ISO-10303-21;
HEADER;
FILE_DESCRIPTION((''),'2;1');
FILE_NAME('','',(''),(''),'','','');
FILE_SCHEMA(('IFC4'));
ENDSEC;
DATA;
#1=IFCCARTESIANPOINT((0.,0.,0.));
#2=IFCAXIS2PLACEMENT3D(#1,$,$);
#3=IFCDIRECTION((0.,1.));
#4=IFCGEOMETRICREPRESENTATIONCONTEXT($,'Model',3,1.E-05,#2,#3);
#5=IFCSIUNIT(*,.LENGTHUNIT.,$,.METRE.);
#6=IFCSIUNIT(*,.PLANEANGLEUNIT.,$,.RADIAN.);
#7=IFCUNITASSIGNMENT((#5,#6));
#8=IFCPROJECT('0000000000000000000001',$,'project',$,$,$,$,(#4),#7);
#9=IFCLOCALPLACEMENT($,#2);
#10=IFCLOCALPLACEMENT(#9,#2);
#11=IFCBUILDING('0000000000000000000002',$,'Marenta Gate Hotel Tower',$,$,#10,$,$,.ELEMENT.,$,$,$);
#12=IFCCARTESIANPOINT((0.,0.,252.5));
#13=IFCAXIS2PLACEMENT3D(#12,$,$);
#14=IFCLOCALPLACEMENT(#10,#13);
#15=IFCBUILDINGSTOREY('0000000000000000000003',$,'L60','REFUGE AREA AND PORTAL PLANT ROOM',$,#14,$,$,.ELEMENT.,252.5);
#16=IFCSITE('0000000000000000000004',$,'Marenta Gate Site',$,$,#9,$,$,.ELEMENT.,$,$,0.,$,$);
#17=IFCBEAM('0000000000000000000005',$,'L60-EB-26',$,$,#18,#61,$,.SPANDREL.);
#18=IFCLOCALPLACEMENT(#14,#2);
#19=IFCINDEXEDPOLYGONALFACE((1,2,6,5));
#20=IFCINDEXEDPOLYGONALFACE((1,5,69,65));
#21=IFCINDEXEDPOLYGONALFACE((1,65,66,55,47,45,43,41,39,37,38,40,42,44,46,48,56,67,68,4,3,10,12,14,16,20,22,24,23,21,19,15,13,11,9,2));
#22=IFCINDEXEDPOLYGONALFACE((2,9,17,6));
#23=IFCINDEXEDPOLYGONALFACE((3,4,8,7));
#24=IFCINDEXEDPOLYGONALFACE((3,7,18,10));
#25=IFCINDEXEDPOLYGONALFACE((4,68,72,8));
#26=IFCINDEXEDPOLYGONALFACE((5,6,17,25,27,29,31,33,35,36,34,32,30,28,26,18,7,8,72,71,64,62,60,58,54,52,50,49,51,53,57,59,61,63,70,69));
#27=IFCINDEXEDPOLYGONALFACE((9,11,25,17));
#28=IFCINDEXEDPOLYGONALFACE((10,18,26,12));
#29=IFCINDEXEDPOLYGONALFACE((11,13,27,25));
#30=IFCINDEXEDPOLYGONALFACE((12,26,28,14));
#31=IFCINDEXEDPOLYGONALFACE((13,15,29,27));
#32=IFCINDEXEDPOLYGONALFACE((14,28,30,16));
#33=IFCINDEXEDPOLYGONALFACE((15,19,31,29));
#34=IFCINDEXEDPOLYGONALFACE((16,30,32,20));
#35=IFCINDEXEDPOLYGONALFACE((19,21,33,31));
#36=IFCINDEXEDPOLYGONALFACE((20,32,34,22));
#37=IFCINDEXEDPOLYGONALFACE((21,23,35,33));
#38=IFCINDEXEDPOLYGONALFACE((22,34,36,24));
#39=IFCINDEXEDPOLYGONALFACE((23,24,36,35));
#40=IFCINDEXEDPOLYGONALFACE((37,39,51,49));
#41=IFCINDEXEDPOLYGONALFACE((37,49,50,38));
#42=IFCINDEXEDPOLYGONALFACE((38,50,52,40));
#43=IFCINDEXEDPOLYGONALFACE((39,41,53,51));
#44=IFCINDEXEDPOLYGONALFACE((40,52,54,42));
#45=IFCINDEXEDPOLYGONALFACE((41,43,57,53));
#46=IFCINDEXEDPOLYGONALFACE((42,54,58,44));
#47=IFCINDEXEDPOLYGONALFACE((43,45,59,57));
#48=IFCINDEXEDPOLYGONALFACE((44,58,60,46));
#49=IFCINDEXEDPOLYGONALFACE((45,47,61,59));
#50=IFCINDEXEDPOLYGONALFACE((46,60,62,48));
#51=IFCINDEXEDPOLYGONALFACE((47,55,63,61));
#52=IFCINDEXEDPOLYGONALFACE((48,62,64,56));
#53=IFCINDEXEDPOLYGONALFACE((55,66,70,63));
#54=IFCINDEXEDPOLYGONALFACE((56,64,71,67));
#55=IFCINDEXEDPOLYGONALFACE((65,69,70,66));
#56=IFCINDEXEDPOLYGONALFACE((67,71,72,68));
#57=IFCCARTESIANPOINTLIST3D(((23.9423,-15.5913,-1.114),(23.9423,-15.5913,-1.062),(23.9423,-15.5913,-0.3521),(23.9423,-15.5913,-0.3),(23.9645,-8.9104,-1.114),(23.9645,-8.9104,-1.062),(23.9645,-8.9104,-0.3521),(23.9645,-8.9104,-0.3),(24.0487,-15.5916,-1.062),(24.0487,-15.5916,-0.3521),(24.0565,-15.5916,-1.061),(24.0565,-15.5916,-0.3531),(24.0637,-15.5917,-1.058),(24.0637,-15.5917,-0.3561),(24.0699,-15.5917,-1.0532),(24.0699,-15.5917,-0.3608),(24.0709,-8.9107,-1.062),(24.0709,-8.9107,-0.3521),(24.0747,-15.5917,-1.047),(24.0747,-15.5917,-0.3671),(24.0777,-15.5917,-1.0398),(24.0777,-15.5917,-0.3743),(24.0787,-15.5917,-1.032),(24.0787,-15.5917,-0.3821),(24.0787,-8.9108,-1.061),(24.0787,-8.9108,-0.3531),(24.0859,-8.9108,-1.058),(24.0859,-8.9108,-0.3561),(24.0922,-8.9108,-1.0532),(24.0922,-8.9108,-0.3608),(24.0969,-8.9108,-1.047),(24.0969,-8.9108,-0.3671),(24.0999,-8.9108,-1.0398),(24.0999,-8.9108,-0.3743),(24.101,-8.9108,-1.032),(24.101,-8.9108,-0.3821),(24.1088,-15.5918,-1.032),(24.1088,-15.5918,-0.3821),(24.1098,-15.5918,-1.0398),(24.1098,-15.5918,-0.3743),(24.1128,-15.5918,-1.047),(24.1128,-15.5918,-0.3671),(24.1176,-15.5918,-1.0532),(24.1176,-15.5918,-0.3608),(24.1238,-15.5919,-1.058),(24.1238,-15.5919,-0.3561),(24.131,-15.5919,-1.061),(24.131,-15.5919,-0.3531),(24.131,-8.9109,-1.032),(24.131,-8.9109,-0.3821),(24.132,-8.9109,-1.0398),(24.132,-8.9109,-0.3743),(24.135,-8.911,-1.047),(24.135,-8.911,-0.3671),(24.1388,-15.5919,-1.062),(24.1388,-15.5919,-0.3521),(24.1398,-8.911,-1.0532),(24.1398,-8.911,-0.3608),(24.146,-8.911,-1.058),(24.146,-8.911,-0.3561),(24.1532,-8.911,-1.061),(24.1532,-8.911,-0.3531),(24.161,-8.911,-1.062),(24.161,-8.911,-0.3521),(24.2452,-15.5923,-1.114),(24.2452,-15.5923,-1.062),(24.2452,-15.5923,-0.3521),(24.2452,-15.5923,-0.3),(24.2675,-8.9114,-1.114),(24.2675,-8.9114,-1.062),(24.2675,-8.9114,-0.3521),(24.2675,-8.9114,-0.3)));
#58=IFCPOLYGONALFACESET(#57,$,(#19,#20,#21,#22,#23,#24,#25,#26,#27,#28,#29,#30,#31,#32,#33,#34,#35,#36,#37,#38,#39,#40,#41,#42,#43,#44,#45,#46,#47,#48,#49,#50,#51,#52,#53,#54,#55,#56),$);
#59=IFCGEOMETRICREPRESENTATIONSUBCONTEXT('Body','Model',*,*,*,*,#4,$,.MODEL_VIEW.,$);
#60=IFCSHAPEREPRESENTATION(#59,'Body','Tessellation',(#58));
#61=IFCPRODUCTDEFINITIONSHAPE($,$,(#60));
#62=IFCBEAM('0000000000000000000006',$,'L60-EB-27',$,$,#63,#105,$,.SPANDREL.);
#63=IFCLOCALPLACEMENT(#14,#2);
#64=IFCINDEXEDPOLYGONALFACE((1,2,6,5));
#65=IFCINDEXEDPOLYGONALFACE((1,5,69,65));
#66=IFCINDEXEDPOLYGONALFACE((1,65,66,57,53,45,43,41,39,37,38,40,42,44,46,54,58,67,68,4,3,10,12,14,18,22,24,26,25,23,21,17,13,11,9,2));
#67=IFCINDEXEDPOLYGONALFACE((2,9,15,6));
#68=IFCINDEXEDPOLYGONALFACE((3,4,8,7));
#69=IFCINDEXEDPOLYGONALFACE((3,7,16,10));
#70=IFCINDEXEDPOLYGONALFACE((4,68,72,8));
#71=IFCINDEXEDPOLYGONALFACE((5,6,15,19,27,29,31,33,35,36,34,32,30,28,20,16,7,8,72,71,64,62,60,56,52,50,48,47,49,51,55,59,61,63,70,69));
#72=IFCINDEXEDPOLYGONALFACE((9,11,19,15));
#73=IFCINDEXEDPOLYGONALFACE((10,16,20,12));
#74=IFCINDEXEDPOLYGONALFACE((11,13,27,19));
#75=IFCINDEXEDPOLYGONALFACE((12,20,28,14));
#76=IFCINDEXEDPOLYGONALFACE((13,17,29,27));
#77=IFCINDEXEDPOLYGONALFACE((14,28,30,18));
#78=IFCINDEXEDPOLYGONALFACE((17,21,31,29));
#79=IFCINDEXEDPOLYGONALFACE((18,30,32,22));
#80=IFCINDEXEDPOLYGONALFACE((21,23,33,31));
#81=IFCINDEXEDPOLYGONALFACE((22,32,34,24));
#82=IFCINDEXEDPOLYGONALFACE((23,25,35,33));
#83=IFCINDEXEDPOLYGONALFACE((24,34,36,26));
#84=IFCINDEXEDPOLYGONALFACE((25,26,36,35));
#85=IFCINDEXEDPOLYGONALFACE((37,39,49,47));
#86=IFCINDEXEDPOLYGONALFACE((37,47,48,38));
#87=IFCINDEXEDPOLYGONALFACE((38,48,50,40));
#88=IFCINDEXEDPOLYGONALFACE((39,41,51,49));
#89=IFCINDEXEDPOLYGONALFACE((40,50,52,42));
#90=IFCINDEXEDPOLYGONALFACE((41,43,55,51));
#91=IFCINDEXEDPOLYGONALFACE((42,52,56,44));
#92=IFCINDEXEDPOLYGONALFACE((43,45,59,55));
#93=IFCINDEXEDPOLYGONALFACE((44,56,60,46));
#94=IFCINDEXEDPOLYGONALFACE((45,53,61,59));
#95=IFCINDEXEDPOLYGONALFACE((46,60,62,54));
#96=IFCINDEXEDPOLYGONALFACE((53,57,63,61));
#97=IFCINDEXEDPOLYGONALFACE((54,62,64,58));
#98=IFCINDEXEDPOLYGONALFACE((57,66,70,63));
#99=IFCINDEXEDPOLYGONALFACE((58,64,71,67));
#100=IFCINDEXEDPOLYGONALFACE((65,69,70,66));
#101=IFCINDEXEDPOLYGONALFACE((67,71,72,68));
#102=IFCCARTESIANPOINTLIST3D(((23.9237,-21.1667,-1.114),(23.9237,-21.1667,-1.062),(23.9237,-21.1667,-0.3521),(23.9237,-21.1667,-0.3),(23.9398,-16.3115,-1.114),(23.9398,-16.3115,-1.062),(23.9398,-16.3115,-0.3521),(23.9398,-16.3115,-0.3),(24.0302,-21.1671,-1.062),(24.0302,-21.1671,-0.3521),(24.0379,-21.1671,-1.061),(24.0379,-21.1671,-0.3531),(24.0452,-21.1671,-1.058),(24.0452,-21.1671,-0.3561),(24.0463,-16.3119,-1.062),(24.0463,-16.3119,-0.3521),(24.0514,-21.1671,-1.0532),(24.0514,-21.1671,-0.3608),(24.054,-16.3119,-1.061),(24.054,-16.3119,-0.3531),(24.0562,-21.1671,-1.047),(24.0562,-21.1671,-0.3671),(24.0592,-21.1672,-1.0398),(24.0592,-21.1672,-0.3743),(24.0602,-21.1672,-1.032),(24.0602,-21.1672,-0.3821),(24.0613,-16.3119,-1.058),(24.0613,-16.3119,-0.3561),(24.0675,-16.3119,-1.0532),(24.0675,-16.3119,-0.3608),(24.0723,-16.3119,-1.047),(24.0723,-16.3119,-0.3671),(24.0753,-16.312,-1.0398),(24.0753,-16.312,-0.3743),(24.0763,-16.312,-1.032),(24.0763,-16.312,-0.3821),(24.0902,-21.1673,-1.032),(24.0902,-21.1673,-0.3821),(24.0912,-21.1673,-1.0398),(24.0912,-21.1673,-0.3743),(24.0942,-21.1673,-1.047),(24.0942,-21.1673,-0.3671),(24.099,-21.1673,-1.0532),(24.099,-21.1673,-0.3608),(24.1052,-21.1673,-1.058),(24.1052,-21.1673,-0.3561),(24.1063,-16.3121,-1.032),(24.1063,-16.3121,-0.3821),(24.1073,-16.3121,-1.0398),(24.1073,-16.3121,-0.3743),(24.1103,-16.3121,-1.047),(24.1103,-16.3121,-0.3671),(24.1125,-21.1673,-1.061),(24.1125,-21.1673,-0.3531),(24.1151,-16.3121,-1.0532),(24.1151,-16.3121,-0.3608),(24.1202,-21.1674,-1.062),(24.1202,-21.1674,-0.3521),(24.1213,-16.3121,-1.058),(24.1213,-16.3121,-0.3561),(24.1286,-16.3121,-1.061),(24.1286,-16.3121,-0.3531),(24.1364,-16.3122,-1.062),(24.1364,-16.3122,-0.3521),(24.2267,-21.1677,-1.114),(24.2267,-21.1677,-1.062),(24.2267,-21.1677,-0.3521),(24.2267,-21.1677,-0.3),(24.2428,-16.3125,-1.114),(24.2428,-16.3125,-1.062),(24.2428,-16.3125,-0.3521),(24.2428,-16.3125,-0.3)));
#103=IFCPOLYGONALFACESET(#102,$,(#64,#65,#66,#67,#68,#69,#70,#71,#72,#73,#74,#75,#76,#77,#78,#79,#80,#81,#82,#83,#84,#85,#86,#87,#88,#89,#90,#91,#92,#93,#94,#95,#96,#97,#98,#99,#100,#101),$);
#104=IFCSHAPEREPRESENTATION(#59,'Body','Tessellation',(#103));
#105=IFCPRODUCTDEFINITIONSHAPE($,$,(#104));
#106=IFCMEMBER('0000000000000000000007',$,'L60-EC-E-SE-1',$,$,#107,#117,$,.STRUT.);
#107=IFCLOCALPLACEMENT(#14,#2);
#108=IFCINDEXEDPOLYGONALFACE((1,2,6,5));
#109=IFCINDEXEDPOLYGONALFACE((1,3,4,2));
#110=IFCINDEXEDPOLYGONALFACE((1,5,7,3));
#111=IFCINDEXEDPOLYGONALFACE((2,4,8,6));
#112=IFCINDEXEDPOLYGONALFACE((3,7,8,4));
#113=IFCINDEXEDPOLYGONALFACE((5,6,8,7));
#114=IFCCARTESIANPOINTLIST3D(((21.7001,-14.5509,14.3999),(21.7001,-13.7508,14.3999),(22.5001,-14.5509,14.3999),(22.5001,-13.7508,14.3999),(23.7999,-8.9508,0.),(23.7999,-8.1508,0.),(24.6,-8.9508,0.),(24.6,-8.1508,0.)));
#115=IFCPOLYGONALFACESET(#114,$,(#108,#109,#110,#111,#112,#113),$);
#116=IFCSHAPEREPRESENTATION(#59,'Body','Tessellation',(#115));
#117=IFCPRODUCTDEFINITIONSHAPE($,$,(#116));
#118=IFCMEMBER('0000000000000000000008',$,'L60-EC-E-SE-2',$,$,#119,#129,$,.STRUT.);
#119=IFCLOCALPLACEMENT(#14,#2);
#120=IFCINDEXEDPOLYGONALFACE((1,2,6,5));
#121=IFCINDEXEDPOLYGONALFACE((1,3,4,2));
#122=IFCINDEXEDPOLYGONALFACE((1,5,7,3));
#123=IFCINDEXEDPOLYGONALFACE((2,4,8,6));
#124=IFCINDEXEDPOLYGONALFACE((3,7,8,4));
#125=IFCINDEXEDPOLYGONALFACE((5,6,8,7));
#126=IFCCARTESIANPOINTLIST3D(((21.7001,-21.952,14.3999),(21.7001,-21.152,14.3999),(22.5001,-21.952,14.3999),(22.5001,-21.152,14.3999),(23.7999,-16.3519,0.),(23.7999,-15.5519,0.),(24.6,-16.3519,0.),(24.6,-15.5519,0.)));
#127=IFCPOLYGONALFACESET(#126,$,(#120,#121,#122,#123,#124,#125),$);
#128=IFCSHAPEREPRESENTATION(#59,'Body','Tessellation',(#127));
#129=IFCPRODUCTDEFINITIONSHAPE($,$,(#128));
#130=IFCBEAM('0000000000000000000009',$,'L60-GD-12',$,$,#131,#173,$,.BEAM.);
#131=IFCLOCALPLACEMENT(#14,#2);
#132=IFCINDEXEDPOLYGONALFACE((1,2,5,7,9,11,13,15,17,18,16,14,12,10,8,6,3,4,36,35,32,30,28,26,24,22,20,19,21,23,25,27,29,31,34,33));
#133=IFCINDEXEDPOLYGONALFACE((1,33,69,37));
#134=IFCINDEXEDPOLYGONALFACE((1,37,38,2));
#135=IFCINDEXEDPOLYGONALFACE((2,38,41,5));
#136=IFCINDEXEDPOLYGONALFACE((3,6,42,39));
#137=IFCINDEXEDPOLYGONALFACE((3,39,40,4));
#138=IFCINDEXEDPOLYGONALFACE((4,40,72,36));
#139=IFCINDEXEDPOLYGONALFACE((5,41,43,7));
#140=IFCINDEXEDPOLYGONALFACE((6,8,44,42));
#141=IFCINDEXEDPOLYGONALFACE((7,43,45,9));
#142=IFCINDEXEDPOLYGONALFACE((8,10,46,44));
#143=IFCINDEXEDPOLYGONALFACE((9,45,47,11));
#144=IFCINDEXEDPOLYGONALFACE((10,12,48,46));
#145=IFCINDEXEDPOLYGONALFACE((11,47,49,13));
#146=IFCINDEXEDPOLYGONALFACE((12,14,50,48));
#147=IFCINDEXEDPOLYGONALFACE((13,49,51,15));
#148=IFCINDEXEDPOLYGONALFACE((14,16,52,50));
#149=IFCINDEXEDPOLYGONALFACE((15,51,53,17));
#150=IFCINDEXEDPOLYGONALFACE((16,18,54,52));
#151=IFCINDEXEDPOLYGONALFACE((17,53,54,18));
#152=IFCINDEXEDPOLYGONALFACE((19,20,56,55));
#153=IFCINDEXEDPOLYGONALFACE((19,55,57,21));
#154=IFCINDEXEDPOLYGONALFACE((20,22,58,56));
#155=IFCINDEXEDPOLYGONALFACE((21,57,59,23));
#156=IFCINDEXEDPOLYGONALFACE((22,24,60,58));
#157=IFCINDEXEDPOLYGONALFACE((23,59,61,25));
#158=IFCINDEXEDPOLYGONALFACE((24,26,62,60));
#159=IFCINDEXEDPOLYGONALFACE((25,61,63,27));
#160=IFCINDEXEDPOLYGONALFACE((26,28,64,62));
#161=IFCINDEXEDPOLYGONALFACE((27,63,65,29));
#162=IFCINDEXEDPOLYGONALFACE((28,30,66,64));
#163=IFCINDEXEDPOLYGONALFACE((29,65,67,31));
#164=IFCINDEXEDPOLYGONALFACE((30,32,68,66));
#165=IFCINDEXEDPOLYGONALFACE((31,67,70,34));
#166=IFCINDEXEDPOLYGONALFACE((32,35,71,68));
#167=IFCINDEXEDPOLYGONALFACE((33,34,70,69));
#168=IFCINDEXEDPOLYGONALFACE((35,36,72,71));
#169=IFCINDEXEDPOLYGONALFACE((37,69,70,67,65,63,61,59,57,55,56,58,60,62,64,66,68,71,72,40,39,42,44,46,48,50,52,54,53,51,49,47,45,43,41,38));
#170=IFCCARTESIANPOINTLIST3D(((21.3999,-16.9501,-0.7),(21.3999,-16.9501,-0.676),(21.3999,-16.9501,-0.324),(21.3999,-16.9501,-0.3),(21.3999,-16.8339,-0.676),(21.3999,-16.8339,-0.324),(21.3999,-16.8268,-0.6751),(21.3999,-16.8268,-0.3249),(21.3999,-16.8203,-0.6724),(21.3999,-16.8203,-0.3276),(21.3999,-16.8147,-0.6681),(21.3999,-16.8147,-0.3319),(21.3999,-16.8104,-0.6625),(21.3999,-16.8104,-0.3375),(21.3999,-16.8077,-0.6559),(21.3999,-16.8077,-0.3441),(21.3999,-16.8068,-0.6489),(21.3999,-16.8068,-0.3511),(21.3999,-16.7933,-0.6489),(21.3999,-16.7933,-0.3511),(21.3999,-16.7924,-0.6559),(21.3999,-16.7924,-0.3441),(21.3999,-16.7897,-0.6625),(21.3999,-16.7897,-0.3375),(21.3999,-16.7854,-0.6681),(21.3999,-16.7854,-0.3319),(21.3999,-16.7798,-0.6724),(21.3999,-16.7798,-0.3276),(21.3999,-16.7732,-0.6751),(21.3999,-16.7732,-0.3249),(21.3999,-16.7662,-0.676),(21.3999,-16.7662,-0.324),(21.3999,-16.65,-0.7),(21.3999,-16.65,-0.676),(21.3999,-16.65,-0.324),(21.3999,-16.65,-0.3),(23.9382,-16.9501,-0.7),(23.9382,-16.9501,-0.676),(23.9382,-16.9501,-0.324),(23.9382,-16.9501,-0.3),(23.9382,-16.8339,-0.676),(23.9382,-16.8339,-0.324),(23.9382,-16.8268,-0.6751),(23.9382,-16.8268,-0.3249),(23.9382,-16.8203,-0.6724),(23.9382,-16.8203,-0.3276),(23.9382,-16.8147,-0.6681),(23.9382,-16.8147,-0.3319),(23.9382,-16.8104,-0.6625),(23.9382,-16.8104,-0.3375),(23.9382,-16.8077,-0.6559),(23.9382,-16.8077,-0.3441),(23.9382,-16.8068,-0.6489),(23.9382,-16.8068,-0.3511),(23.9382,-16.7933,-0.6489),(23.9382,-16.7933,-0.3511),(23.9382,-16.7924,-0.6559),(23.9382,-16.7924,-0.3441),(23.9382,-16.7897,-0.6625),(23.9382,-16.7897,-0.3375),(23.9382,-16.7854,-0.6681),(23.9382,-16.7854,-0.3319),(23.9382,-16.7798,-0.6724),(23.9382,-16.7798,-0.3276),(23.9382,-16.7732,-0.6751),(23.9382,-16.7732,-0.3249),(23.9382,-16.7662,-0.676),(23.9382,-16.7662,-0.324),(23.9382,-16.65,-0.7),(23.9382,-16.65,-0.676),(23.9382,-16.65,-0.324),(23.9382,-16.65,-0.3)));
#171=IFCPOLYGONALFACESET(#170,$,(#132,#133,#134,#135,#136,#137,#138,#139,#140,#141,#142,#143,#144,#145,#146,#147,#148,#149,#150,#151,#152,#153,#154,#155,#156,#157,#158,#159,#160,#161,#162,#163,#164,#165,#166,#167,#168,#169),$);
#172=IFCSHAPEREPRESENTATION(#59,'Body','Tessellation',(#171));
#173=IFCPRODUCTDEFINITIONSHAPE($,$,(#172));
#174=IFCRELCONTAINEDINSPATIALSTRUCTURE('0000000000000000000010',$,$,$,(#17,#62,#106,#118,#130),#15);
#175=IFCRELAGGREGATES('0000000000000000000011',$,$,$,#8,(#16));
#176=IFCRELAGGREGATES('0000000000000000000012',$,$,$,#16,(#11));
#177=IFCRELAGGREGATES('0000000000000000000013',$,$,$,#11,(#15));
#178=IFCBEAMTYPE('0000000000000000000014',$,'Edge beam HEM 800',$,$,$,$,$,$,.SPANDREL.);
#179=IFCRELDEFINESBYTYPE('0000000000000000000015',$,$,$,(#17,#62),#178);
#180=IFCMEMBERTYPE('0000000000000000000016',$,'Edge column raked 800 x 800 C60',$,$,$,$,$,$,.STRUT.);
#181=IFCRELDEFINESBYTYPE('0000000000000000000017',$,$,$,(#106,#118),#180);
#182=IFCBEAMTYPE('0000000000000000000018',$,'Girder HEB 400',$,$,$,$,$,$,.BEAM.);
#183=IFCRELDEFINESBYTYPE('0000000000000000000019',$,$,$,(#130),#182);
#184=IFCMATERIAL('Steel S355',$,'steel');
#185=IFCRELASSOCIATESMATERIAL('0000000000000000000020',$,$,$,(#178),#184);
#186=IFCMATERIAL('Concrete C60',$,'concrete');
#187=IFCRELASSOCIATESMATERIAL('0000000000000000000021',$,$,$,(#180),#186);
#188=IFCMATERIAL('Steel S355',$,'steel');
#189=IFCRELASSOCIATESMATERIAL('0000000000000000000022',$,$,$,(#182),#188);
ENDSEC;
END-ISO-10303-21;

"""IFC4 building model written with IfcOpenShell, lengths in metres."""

from ifc_helpers import new_model, si_unit, direction, frame, origin, origin_2d, place, context, subcontext, project, spatial, rectangle, i_section, extrude, material, material_profile, profile_set, type_object, element, save


model = new_model("IFC4")

# Units and contexts
model_context = context("Model", 3, precision=1e-05, world=origin(), true_north=direction((0.0, 1.0)))
body_context = subcontext(model_context, "Body", "Model", "MODEL_VIEW")
ifc_project = project(units=[si_unit("LENGTHUNIT", "METRE"), si_unit("PLANEANGLEUNIT", "RADIAN")], contexts=[model_context])

# Site, building, storey
site_placement = place(None, origin())
site = spatial("IfcSite", under=ifc_project, at=site_placement, Name="Marenta Gate Site", CompositionType="ELEMENT", RefElevation=0.0)
building_placement = place(site_placement, origin())
building = spatial("IfcBuilding", under=site, at=building_placement, Name="Marenta Gate Hotel Tower", CompositionType="ELEMENT")
storey_placement = place(building_placement, frame((0.0, 0.0, 252.5)))
storey = spatial("IfcBuildingStorey", under=building, at=storey_placement, Name="L60", Description="REFUGE AREA AND PORTAL PLANT ROOM", CompositionType="ELEMENT", Elevation=252.5)

# Beams
ifc_material_1 = material(Name="Steel S355", Category="steel")
ifc_material_profile_1 = material_profile(ifc_material_1, i_section(OverallWidth=0.303, OverallDepth=0.814, WebThickness=0.03, FlangeThickness=0.052, FilletRadius=0.03, at=origin_2d()), Name="HEM 800")
ifc_profile_set_1 = profile_set([ifc_material_profile_1], Name="Steel S355")
beam_type_1 = type_object("IfcBeamType", Name="Edge beam HEM 800", PredefinedType="SPANDREL", material=ifc_profile_set_1)
beam_1_placement = place(storey_placement, frame((24.116, -8.9109, -0.707), z_axis=(-0.003325, -0.999994, 0.0), x_axis=(0.999994, -0.003325, 0.0)))
element("IfcBeam", 1, at=beam_1_placement, inside=storey, type_object=beam_type_1, Name="L60-EB-26", PredefinedType="SPANDREL", context=body_context, shape_type="SweptSolid", body=[
    extrude(i_section(OverallWidth=0.303, OverallDepth=0.814, WebThickness=0.03, FlangeThickness=0.052, FilletRadius=0.03, at=origin_2d()), origin(), (0.0, 0.0, 1.0), 6.6809),
])
beam_2_placement = place(storey_placement, frame((24.0913, -16.312, -0.707), z_axis=(-0.003319, -0.999994, 0.0), x_axis=(0.999994, -0.003319, 0.0)))
element("IfcBeam", 2, at=beam_2_placement, inside=storey, type_object=beam_type_1, Name="L60-EB-27", PredefinedType="SPANDREL", context=body_context, shape_type="SweptSolid", body=[
    extrude(i_section(OverallWidth=0.303, OverallDepth=0.814, WebThickness=0.03, FlangeThickness=0.052, FilletRadius=0.03, at=origin_2d()), origin(), (0.0, 0.0, 1.0), 4.8552),
])

# Members
ifc_material_2 = material(Name="Concrete C60", Category="concrete")
ifc_material_profile_2 = material_profile(ifc_material_2, rectangle(XDim=0.8, YDim=0.8, at=origin_2d()), Name="800 x 800")
ifc_profile_set_2 = profile_set([ifc_material_profile_2], Name="Concrete C60")
member_type_1 = type_object("IfcMemberType", Name="Edge column raked 800 x 800 C60", PredefinedType="STRUT", material=ifc_profile_set_2)
for number, where, z_axis, x_axis, name in (
    (3, (24.2, -8.5508, 0.0), (0.0, 0.0, 1.0), (1.0, 0.0, 0.0), "L60-EC-E-SE-1"),
    (4, (24.2, -15.9519, 0.0), (0.0, 0.0, 1.0), (1.0, 0.0, 0.0), "L60-EC-E-SE-2"),
):
    element("IfcMember", number, at=place(storey_placement, frame(where, z_axis=z_axis, x_axis=x_axis)), inside=storey, type_object=member_type_1, Name=name, PredefinedType="STRUT", context=body_context, shape_type="SweptSolid", body=[
        extrude(rectangle(XDim=0.8, YDim=0.8, at=origin_2d()), origin(), (-0.13467, -0.359152, 0.923512), 15.5925),
    ])

# Beam
ifc_material_3 = material(Name="Steel S355", Category="steel")
ifc_material_profile_3 = material_profile(ifc_material_3, i_section(OverallWidth=0.3, OverallDepth=0.3999, WebThickness=0.0134, FlangeThickness=0.0239, FilletRadius=0.0271, at=origin_2d()), Name="HEB 400")
ifc_profile_set_3 = profile_set([ifc_material_profile_3], Name="Steel S355")
beam_type_2 = type_object("IfcBeamType", Name="Girder HEB 400", PredefinedType="BEAM", material=ifc_profile_set_3)
beam_3_placement = place(storey_placement, frame((21.3999, -16.8, -0.5), z_axis=(1.0, 0.0, 0.0), x_axis=(0.0, 1.0, 0.0)))
element("IfcBeam", 5, at=beam_3_placement, inside=storey, type_object=beam_type_2, Name="L60-GD-12", PredefinedType="BEAM", context=body_context, shape_type="SweptSolid", body=[
    extrude(i_section(OverallWidth=0.3, OverallDepth=0.3999, WebThickness=0.0134, FlangeThickness=0.0239, FilletRadius=0.0271, at=origin_2d()), origin(), (0.0, 0.0, 1.0), 2.5383),
])

save(model, "model.ifc")
